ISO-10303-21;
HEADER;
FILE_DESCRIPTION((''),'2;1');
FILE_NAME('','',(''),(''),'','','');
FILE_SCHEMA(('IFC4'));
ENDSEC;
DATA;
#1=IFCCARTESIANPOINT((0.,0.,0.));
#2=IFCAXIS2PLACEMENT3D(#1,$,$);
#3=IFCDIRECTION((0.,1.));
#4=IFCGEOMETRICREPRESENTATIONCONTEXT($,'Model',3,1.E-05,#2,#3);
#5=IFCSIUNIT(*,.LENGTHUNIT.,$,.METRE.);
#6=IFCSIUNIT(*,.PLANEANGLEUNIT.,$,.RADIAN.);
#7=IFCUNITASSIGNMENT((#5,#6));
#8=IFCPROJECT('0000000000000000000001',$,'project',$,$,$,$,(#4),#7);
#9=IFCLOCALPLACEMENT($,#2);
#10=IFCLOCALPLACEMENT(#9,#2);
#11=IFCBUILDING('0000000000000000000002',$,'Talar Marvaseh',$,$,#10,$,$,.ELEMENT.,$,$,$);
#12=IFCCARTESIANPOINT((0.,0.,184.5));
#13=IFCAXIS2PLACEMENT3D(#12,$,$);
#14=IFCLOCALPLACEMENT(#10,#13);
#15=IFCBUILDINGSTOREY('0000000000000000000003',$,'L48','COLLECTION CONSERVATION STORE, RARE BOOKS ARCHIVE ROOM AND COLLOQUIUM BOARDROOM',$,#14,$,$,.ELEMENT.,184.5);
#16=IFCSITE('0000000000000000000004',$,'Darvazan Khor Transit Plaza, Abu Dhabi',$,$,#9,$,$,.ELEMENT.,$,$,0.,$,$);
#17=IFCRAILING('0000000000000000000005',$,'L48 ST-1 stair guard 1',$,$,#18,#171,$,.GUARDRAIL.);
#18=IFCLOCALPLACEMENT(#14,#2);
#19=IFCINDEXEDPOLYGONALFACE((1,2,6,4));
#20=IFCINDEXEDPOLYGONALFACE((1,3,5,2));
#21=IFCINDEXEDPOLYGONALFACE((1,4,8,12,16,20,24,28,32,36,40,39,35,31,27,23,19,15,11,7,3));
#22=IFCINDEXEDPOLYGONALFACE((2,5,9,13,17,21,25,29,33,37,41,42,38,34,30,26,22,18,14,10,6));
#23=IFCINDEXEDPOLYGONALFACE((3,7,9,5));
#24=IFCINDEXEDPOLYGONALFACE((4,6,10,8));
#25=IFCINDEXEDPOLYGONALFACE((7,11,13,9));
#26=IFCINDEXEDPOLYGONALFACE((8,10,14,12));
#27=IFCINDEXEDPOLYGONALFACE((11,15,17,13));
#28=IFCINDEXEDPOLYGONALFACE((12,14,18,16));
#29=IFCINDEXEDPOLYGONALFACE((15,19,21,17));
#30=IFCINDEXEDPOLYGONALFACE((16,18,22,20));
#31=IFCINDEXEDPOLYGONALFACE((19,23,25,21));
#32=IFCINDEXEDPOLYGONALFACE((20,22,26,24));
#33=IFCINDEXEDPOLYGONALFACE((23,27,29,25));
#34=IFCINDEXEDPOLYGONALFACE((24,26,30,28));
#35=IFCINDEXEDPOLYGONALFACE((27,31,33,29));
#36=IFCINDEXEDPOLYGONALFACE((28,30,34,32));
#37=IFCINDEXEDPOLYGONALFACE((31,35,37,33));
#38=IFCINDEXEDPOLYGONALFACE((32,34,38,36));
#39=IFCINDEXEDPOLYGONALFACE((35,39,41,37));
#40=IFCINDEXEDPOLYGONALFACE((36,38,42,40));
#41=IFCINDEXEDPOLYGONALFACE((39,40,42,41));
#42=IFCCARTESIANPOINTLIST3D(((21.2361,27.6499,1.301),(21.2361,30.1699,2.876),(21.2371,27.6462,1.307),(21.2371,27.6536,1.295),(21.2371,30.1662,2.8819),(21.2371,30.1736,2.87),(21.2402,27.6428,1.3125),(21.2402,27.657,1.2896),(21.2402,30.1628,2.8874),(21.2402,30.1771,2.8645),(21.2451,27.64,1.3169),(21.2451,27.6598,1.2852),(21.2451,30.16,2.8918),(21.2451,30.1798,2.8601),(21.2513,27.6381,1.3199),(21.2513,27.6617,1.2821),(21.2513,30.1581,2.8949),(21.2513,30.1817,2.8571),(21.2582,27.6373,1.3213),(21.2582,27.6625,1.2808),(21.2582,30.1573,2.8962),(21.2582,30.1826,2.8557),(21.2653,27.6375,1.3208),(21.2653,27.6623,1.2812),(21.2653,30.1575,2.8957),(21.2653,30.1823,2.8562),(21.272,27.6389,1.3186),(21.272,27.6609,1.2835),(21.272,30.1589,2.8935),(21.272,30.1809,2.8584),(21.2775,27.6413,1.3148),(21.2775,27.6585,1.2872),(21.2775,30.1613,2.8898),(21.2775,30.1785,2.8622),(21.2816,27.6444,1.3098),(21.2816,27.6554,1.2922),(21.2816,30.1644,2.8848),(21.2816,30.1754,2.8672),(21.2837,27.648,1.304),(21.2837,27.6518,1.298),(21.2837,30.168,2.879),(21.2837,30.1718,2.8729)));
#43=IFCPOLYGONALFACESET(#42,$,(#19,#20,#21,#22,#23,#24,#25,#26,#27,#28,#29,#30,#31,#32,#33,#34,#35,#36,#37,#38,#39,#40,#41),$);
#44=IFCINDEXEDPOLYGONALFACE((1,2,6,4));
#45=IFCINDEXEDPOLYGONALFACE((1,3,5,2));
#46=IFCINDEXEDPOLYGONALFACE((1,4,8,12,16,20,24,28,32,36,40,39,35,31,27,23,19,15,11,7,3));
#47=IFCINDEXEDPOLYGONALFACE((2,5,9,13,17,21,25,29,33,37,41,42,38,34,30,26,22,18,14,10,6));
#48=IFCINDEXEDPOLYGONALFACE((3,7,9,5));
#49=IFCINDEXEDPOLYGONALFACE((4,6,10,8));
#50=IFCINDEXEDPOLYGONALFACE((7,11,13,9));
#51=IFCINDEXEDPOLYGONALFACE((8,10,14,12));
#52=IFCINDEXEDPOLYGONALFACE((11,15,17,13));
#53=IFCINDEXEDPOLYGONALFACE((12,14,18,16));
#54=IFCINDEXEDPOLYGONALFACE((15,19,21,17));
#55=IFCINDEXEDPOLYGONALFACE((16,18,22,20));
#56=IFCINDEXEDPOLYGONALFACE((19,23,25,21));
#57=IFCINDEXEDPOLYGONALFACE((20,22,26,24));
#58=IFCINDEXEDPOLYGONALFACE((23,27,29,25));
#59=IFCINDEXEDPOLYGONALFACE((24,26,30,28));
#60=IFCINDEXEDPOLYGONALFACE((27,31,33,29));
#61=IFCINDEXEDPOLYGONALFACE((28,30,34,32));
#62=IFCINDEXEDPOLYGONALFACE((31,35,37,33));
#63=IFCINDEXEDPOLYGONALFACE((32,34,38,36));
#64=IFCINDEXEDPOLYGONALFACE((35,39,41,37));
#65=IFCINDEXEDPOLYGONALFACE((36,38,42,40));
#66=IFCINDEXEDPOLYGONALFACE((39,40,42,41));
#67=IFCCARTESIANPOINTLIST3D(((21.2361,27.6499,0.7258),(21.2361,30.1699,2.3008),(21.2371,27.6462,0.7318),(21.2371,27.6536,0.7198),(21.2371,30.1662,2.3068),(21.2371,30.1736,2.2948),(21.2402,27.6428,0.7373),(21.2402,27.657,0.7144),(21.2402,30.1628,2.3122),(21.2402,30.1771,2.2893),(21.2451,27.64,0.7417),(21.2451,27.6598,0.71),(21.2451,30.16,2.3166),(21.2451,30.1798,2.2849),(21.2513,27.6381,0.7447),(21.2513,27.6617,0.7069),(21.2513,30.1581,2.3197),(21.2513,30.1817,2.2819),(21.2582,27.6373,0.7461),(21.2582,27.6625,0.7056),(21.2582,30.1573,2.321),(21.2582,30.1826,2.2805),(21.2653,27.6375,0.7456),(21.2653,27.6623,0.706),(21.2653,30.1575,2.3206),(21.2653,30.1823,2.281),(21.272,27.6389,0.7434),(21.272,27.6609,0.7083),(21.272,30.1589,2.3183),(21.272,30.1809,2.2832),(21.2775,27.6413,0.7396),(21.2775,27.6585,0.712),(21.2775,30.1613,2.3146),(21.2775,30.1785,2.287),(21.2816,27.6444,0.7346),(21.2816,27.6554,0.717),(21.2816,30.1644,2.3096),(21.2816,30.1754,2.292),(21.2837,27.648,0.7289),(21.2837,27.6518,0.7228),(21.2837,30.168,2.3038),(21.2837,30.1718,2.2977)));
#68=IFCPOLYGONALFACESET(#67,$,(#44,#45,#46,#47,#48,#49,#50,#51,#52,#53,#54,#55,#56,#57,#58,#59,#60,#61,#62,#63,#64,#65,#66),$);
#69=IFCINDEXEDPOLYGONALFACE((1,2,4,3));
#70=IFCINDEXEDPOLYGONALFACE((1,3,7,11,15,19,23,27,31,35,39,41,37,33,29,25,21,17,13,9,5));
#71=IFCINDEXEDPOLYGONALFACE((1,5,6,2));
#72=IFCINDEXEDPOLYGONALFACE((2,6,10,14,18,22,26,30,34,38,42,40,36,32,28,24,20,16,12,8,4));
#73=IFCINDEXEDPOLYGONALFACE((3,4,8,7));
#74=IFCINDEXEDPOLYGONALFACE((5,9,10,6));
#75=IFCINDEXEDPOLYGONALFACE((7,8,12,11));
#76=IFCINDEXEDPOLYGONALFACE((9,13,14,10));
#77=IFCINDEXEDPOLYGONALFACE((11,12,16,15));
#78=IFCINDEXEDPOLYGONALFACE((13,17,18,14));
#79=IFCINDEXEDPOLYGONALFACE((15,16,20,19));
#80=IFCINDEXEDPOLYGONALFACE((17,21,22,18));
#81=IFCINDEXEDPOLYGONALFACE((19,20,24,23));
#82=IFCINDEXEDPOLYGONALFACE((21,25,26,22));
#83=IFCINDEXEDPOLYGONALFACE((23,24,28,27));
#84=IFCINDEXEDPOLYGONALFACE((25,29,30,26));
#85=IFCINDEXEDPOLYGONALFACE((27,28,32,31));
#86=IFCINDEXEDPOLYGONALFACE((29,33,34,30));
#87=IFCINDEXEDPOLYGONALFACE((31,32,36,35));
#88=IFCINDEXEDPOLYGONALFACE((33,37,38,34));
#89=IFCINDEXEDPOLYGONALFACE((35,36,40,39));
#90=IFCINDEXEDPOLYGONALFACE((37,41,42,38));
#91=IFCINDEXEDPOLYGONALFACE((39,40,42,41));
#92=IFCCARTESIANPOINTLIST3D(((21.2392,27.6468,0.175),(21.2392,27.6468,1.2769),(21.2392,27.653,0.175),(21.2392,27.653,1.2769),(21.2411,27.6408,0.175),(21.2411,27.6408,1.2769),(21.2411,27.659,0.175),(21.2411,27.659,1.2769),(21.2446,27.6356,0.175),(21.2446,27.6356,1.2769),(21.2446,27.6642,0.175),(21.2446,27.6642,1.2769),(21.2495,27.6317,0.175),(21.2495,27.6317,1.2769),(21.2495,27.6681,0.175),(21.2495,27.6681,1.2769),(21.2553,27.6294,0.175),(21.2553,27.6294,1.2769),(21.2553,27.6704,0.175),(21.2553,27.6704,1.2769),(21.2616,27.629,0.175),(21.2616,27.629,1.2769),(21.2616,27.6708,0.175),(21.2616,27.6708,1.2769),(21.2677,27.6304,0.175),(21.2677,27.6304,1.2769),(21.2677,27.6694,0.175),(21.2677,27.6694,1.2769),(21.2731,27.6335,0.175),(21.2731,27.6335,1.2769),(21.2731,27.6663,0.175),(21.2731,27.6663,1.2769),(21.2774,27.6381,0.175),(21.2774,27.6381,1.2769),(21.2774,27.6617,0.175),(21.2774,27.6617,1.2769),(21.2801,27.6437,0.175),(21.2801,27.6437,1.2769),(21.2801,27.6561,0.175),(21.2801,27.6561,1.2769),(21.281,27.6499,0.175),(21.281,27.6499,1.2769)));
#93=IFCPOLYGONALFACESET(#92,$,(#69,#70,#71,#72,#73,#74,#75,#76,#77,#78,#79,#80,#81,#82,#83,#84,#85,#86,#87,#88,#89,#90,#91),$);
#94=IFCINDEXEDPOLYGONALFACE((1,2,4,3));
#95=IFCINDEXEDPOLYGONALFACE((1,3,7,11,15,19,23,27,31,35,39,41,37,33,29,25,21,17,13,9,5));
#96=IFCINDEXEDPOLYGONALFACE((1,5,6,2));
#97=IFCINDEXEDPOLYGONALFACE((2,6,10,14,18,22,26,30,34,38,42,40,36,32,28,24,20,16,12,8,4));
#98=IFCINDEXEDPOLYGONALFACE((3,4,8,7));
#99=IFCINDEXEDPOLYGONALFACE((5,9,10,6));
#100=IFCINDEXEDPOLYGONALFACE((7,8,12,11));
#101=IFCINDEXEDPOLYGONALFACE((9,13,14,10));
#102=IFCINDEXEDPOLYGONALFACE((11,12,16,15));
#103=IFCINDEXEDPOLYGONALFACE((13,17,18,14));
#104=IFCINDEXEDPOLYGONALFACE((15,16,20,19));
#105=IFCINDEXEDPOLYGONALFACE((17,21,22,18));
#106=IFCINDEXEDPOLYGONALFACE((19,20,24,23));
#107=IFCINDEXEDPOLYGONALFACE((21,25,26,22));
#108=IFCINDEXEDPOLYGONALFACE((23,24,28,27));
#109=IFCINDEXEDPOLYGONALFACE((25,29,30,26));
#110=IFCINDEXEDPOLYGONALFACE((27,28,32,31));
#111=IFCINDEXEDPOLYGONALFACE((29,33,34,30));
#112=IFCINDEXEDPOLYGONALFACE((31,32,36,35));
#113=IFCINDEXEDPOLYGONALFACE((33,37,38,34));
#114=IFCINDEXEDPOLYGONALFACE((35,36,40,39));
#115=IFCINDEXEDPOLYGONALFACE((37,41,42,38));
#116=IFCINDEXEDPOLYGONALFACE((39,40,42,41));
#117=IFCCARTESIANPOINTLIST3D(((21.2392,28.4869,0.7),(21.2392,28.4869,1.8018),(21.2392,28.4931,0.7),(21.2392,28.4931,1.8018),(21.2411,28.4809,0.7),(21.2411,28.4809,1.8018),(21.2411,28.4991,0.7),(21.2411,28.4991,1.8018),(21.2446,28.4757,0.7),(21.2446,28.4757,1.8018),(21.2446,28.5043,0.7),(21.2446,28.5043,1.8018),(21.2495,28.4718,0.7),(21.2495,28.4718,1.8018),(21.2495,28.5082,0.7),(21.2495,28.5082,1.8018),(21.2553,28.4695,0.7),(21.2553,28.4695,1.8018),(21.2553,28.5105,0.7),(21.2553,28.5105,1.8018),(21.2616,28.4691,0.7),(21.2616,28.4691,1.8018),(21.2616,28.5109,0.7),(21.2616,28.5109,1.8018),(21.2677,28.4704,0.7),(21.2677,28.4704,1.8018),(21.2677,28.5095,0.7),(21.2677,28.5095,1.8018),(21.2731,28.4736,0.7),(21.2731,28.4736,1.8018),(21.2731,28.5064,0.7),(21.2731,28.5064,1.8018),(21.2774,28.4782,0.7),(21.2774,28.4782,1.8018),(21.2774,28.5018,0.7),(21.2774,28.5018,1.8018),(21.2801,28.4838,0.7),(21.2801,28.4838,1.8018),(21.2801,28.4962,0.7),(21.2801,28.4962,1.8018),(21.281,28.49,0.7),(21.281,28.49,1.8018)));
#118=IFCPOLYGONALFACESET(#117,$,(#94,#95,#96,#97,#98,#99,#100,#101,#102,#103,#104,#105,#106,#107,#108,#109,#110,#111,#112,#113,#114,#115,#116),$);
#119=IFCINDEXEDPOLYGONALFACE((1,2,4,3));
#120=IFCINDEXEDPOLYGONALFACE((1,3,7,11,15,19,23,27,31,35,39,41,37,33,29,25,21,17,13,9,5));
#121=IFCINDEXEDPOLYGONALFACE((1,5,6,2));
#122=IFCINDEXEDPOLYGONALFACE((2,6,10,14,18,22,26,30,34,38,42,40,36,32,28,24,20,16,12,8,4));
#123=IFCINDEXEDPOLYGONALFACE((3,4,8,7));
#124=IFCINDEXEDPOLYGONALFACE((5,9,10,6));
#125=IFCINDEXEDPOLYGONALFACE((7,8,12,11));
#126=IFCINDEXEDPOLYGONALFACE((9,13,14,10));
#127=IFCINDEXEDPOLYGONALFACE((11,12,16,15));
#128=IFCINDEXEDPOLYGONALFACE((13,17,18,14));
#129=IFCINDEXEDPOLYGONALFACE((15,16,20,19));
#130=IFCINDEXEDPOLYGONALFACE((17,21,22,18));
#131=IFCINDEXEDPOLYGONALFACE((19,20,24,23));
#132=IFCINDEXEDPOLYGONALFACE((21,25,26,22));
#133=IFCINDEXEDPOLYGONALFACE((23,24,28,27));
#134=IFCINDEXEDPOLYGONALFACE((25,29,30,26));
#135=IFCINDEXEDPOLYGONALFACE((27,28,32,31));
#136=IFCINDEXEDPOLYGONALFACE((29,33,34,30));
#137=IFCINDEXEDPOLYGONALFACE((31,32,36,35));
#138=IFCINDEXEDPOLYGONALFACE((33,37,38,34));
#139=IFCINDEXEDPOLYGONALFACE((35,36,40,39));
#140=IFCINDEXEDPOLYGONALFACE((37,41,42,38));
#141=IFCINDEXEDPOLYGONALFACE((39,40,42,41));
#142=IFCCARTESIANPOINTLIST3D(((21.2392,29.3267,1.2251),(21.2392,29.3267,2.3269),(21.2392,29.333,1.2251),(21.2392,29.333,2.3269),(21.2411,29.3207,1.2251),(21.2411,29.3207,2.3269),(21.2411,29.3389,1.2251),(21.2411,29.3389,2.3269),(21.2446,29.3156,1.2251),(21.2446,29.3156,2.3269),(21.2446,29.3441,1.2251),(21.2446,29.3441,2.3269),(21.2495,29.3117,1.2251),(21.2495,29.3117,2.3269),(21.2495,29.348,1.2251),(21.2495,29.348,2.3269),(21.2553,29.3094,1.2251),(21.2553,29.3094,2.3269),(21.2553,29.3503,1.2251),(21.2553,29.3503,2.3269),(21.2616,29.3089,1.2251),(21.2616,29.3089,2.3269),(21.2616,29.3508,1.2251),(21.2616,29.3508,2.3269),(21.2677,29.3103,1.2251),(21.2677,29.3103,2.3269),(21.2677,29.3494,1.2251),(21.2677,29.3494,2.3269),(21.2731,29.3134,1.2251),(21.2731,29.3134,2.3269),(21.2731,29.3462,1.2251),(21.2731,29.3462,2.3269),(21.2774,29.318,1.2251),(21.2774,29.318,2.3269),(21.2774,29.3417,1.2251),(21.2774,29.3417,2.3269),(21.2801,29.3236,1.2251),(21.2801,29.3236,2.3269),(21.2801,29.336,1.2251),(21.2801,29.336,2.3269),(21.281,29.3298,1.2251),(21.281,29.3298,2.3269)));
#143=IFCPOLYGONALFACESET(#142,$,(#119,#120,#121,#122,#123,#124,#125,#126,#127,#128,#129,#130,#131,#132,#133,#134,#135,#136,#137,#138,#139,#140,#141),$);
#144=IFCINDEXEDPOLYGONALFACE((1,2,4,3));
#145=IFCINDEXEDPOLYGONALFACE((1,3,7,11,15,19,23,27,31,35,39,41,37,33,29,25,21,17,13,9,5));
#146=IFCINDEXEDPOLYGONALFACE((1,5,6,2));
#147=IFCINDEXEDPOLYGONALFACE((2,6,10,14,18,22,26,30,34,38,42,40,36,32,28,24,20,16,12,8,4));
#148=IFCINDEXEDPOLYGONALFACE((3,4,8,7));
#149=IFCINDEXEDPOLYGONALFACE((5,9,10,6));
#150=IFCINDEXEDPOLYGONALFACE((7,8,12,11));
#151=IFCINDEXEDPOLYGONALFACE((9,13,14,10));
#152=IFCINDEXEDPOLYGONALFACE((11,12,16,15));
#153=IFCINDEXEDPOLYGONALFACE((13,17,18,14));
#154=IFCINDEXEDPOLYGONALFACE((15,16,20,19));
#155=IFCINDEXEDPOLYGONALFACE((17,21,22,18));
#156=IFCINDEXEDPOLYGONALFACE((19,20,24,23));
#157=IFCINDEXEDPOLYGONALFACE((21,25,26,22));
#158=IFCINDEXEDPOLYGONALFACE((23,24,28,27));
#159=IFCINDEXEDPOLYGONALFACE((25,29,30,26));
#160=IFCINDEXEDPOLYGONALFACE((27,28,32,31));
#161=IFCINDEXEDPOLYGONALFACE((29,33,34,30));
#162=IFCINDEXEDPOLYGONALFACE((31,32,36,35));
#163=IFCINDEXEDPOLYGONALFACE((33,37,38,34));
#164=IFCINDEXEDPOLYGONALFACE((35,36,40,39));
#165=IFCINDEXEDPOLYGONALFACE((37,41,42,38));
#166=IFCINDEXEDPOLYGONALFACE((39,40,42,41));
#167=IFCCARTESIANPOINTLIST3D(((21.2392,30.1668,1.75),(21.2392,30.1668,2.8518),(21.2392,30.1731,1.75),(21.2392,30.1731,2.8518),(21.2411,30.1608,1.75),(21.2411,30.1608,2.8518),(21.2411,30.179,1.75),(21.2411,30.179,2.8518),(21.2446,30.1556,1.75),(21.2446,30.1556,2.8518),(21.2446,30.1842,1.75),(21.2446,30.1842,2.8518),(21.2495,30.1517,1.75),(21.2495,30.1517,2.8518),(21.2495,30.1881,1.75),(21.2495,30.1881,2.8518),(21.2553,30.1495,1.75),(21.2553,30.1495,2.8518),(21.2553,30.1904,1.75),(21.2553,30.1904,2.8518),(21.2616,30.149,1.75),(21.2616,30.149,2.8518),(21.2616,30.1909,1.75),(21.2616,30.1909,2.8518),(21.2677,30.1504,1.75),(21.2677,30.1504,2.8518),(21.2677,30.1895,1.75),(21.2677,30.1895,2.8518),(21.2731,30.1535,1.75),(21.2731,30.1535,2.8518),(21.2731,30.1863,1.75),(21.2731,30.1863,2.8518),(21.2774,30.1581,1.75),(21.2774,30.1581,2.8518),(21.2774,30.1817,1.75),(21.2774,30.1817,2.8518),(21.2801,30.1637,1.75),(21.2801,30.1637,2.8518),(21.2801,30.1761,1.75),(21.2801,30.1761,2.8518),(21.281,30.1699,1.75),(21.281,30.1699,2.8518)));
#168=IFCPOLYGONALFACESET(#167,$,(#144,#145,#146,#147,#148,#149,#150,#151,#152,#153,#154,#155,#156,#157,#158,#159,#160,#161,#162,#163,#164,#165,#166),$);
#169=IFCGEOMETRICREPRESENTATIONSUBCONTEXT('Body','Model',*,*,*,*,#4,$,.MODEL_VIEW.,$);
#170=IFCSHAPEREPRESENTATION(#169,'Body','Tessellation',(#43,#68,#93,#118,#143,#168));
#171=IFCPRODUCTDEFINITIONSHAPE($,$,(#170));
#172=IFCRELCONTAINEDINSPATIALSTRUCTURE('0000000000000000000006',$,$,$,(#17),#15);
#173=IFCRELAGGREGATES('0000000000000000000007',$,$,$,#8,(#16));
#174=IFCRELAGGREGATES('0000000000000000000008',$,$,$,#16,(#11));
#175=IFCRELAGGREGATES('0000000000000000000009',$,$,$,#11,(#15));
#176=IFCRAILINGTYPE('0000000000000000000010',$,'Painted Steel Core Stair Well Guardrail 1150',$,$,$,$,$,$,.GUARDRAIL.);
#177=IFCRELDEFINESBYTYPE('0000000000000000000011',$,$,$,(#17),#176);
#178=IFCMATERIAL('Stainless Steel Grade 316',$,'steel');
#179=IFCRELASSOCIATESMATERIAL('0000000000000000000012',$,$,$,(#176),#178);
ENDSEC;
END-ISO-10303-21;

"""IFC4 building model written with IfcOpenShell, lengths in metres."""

from ifc_helpers import new_model, si_unit, direction, frame, origin, origin_2d, place, context, subcontext, project, spatial, circle, extrude, material, type_object, element, save


model = new_model("IFC4")

# Units and contexts
model_context = context("Model", 3, precision=1e-05, world=origin(), true_north=direction((0.0, 1.0)))
body_context = subcontext(model_context, "Body", "Model", "MODEL_VIEW")
ifc_project = project(units=[si_unit("LENGTHUNIT", "METRE"), si_unit("PLANEANGLEUNIT", "RADIAN")], contexts=[model_context])

# Site, building, storey
site_placement = place(None, origin())
site = spatial("IfcSite", under=ifc_project, at=site_placement, Name="Darvazan Khor Transit Plaza, Abu Dhabi", CompositionType="ELEMENT", RefElevation=0.0)
building_placement = place(site_placement, origin())
building = spatial("IfcBuilding", under=site, at=building_placement, Name="Talar Marvaseh", CompositionType="ELEMENT")
storey_placement = place(building_placement, frame((0.0, 0.0, 184.5)))
storey = spatial("IfcBuildingStorey", under=building, at=storey_placement, Name="L48", Description="COLLECTION CONSERVATION STORE, RARE BOOKS ARCHIVE ROOM AND COLLOQUIUM BOARDROOM", CompositionType="ELEMENT", Elevation=184.5)

# Railing
ifc_material_1 = material(Name="Stainless Steel Grade 316", Category="steel")
railing_type_1 = type_object("IfcRailingType", Name="Painted Steel Core Stair Well Guardrail 1150", PredefinedType="GUARDRAIL", material=ifc_material_1)
railing_1_placement = place(storey_placement, frame((21.26, 27.6499, 0.175)))
element("IfcRailing", 1, at=railing_1_placement, inside=storey, type_object=railing_type_1, Name="L48 ST-1 stair guard 1", PredefinedType="GUARDRAIL", context=body_context, shape_type="SweptSolid", body=[
    extrude(circle(Radius=0.0239, at=origin_2d()), frame((0.0, 0.0, 1.126), z_axis=(0.0, 0.848008, 0.529984), x_axis=(-1.0, 0.0, 0.0)), (0.0, 0.0, 1.0), 2.9717),
    extrude(circle(Radius=0.0239, at=origin_2d()), frame((0.0, 0.0, 0.5508), z_axis=(0.0, 0.848008, 0.529984), x_axis=(-1.0, 0.0, 0.0)), (0.0, 0.0, 1.0), 2.9717),
    extrude(circle(Radius=0.021, at=origin_2d()), origin(), (0.0, 0.0, 1.0), 1.1018),
    extrude(circle(Radius=0.021, at=origin_2d()), frame((0.0, 0.8401, 0.5249)), (0.0, 0.0, 1.0), 1.1018),
    extrude(circle(Radius=0.021, at=origin_2d()), frame((0.0, 1.6799, 1.05)), (0.0, 0.0, 1.0), 1.1018),
    extrude(circle(Radius=0.021, at=origin_2d()), frame((0.0, 2.52, 1.575)), (0.0, 0.0, 1.0), 1.1018),
])

save(model, "model.ifc")
